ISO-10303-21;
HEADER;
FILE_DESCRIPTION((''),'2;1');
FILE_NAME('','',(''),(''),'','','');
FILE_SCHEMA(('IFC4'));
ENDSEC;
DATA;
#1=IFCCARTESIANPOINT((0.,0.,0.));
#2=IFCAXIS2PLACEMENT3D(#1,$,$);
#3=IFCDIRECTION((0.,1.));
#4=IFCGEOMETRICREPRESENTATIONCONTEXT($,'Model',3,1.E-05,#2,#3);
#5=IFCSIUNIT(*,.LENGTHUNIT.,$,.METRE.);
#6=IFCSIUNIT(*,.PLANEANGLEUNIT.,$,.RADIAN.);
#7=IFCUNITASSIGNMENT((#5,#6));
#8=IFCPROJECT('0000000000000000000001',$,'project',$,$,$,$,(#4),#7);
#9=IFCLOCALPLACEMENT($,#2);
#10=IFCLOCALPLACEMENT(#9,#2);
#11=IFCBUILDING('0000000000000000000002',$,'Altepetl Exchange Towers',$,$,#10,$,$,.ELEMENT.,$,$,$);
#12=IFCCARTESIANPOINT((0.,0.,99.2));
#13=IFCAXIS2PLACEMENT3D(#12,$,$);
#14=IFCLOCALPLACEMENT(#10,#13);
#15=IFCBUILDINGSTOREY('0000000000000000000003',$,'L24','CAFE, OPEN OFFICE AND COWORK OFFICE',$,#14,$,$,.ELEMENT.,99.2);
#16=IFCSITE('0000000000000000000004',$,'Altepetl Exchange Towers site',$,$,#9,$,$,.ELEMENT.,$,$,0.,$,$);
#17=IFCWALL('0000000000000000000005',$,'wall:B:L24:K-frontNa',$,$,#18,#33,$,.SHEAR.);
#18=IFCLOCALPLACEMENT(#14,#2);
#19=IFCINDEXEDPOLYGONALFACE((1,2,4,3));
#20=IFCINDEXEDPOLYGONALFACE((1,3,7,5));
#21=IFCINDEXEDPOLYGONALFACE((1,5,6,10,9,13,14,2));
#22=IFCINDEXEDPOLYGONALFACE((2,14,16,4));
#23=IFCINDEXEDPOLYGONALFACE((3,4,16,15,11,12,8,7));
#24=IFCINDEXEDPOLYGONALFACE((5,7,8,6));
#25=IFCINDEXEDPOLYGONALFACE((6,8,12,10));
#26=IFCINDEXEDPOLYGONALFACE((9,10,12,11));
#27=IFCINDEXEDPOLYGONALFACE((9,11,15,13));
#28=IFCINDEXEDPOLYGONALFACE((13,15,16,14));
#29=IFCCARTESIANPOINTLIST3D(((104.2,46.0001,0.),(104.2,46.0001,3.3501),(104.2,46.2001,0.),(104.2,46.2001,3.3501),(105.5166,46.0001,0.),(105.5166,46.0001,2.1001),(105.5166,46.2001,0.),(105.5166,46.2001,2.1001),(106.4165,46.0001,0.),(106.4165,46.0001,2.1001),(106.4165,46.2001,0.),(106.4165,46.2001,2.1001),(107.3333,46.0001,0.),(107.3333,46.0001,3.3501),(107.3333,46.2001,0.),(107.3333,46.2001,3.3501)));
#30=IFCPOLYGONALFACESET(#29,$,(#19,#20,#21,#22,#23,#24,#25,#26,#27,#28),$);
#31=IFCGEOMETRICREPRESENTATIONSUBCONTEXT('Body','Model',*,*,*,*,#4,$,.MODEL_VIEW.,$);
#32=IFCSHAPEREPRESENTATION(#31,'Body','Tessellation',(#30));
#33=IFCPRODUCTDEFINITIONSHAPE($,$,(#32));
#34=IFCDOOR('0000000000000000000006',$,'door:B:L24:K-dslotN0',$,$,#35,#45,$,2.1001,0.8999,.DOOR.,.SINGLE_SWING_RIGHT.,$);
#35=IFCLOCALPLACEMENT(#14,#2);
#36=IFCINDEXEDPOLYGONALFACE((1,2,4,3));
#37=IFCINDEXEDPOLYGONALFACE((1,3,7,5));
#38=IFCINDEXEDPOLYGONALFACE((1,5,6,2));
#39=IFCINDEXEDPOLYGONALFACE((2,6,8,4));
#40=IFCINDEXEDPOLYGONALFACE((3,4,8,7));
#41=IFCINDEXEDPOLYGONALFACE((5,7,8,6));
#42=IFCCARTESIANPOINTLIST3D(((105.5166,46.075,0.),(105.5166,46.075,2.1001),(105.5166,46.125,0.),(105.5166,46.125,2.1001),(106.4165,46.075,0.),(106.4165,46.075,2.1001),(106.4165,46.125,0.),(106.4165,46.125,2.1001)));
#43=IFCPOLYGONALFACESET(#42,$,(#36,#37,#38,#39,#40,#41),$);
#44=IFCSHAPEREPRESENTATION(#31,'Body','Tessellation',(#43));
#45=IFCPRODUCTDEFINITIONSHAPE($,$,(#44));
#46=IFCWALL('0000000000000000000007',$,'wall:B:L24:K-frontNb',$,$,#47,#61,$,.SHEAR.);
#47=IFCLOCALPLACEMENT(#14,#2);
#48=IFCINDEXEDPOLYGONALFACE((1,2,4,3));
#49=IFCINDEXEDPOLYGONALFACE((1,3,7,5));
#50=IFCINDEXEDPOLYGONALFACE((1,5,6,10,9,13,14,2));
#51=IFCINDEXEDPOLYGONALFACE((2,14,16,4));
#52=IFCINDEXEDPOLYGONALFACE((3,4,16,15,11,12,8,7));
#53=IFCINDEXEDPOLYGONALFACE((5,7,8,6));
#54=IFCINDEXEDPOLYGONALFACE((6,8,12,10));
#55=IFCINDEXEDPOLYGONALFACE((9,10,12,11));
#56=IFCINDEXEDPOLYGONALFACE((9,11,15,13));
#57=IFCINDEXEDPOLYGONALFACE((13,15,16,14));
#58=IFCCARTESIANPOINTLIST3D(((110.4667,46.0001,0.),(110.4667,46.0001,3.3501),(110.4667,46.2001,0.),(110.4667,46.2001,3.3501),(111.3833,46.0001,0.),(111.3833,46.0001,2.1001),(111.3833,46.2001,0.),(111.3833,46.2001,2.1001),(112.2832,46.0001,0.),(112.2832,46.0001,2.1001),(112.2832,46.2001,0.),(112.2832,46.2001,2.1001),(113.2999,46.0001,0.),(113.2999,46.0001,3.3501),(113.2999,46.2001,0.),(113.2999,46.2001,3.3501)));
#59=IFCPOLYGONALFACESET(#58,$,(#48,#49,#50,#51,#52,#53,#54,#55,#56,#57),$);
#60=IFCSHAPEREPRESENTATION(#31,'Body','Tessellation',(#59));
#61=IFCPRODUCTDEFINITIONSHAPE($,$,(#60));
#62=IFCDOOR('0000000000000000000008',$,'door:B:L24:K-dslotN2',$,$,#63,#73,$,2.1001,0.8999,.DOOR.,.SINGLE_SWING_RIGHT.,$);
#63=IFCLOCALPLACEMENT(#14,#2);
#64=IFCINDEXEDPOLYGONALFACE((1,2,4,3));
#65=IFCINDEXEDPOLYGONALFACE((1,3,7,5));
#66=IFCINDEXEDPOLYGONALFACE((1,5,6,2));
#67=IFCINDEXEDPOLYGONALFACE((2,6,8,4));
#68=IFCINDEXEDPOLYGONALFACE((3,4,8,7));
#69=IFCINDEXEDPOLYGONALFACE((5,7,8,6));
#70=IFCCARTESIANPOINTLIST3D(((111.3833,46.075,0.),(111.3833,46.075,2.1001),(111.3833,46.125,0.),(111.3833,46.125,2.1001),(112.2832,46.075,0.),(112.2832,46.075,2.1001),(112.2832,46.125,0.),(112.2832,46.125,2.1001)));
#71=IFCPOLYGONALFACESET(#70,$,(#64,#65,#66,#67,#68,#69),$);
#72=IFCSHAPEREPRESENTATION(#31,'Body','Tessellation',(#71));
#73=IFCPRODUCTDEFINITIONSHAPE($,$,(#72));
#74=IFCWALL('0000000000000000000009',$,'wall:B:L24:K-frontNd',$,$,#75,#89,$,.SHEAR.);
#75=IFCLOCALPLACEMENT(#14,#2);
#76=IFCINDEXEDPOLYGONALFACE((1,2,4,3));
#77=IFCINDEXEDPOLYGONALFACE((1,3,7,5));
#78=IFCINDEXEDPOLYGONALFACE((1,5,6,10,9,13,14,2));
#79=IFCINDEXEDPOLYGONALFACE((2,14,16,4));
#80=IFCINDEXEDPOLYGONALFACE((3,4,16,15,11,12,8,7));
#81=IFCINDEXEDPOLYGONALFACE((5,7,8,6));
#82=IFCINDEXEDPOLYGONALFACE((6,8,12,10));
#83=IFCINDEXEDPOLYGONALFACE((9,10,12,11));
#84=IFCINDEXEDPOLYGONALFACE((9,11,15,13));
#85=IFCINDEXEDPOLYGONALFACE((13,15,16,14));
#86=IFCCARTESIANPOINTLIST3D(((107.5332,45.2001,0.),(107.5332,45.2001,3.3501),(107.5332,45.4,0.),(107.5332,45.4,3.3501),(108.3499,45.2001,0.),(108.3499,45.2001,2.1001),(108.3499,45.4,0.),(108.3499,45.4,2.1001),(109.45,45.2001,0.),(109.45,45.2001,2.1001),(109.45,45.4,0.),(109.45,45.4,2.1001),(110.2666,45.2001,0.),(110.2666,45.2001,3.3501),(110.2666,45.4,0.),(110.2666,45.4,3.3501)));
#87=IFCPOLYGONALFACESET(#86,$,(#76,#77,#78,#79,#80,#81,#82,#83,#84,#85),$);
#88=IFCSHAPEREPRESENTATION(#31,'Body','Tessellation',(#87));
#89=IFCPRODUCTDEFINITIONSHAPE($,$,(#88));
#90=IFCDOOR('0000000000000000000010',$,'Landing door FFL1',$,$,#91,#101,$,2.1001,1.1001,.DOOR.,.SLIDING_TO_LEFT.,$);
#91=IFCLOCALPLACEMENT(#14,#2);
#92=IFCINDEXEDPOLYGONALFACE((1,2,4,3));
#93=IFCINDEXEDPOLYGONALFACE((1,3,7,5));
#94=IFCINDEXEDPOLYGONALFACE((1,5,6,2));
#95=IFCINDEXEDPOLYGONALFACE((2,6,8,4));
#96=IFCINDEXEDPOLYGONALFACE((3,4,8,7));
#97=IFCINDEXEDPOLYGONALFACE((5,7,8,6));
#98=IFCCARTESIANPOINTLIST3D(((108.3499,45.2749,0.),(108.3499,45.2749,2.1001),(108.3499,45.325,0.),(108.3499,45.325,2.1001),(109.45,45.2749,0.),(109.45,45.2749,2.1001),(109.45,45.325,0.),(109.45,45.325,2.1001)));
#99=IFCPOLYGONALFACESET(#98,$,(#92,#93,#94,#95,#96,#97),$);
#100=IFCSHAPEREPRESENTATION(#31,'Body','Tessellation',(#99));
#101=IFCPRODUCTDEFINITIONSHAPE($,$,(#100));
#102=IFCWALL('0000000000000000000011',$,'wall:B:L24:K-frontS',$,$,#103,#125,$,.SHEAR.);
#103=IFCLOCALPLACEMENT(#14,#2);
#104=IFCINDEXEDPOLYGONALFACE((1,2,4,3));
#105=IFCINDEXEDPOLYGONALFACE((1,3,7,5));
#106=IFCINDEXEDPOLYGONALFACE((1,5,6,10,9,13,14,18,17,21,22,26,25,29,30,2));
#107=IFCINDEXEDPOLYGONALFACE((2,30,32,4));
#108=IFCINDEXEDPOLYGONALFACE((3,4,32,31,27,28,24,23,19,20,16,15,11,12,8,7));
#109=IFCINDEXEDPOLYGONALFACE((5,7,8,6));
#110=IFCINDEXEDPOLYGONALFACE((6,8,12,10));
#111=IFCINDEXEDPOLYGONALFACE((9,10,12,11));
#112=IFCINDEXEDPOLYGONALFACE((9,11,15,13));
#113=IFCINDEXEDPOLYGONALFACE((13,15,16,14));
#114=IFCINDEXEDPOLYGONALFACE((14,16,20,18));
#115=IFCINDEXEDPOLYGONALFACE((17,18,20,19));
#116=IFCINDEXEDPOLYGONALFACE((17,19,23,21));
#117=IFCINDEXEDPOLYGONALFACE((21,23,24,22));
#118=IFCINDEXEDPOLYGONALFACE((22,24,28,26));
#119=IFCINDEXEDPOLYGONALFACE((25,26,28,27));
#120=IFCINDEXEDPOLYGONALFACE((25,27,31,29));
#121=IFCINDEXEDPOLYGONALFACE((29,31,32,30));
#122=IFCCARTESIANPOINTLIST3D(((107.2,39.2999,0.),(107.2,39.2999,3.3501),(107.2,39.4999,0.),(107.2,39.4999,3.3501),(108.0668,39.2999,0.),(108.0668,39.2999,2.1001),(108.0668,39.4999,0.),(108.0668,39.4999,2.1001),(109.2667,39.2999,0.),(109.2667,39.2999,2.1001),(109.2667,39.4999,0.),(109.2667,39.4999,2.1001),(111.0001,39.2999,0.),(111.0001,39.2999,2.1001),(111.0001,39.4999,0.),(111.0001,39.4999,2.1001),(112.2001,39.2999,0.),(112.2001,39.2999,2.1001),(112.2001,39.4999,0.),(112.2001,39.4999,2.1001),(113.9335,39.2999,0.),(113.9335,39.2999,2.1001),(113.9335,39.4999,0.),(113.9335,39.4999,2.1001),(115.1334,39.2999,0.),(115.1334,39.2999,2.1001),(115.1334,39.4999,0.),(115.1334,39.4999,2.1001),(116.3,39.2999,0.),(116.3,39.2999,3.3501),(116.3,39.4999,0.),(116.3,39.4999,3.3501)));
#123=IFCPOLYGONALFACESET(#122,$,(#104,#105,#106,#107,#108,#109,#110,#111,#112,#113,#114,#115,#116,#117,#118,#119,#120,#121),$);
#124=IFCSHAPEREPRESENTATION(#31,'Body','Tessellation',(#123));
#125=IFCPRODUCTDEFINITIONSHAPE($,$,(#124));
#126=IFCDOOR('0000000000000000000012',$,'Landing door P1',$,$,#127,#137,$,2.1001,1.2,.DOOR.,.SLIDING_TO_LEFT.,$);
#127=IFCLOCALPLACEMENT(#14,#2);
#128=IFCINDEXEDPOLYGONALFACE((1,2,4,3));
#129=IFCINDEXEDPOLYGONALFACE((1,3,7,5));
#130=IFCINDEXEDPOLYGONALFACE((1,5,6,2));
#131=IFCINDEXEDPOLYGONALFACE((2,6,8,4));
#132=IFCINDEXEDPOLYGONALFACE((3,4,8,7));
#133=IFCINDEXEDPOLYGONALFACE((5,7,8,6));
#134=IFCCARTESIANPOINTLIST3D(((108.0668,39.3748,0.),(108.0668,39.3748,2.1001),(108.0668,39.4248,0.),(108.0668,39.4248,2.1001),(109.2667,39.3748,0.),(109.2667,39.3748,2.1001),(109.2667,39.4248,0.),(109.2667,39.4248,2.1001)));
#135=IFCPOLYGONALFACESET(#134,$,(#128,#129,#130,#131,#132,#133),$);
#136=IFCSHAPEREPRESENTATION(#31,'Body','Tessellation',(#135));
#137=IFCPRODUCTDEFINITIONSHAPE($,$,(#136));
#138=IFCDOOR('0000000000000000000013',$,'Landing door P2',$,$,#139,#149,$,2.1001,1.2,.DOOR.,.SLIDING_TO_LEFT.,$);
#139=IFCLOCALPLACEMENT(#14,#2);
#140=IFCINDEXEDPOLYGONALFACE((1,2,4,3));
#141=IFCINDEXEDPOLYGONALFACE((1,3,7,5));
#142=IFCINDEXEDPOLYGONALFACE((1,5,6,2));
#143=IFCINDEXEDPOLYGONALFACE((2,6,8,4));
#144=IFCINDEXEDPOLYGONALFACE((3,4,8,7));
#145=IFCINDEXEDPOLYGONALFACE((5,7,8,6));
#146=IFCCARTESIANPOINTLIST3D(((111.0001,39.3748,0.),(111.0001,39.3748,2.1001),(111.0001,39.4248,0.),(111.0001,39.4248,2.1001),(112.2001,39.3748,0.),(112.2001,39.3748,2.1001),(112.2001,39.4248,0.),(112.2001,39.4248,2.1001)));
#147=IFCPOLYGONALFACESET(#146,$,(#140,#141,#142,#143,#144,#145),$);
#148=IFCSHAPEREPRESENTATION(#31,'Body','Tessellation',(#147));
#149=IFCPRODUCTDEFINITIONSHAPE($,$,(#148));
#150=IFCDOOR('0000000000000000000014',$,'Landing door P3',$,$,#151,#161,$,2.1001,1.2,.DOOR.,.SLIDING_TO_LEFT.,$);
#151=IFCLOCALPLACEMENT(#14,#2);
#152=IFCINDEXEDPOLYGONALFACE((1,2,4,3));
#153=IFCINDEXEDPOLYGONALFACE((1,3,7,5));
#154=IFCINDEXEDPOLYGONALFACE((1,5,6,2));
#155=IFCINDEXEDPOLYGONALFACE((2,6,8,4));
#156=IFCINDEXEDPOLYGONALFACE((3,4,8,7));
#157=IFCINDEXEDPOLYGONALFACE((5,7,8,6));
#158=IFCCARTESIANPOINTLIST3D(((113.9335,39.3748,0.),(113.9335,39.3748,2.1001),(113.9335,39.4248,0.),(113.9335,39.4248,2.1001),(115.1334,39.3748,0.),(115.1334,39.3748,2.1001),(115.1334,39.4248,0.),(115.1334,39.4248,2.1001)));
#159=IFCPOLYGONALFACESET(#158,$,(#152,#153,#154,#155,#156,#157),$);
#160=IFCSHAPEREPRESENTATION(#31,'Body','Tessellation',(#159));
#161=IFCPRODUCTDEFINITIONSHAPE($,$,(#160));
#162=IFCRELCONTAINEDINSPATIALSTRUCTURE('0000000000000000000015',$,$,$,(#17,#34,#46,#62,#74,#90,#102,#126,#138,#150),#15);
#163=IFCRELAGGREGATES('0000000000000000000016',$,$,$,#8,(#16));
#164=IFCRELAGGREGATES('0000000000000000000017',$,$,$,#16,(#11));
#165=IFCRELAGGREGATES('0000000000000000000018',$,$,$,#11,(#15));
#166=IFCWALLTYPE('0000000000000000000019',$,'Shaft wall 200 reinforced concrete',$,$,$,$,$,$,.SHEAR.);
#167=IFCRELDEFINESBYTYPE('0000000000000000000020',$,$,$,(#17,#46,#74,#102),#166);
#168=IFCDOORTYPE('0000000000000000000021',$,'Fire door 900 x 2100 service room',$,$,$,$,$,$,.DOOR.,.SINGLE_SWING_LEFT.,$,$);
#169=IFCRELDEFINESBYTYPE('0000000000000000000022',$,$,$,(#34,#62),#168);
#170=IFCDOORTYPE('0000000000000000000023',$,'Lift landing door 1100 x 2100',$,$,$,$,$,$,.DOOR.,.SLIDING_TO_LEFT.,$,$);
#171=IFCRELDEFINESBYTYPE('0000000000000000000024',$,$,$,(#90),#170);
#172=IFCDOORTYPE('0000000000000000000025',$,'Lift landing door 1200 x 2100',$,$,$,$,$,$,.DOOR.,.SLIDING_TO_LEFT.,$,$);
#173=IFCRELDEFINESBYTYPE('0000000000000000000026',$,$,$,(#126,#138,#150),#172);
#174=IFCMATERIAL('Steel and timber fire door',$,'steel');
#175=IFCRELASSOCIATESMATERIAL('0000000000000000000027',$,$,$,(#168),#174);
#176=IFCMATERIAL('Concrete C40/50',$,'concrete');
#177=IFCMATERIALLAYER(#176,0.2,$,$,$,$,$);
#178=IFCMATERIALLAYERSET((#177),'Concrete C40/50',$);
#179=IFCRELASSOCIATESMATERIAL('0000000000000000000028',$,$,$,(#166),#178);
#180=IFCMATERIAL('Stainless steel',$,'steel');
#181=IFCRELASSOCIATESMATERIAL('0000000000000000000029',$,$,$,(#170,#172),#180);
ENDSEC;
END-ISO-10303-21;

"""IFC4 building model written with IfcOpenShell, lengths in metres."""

from ifc_helpers import new_model, si_unit, direction, frame, frame_2d, origin, place, context, subcontext, project, spatial, rectangle, extrude, material, layer, layer_set, type_object, element, fill, save


model = new_model("IFC4")

# Units and contexts
model_context = context("Model", 3, precision=1e-05, world=origin(), true_north=direction((0.0, 1.0)))
body_context = subcontext(model_context, "Body", "Model", "MODEL_VIEW")
ifc_project = project(units=[si_unit("LENGTHUNIT", "METRE"), si_unit("PLANEANGLEUNIT", "RADIAN")], contexts=[model_context])

# Site, building, storey
site_placement = place(None, origin())
site = spatial("IfcSite", under=ifc_project, at=site_placement, Name="Altepetl Exchange Towers site", CompositionType="ELEMENT", RefElevation=0.0)
building_placement = place(site_placement, origin())
building = spatial("IfcBuilding", under=site, at=building_placement, Name="Altepetl Exchange Towers", CompositionType="ELEMENT")
storey_placement = place(building_placement, frame((0.0, 0.0, 99.2)))
storey = spatial("IfcBuildingStorey", under=building, at=storey_placement, Name="L24", Description="CAFE, OPEN OFFICE AND COWORK OFFICE", CompositionType="ELEMENT", Elevation=99.2)

# Shared definitions
ifc_material_1 = material(Name="Steel and timber fire door", Category="steel")
door_type_1 = type_object("IfcDoorType", Name="Fire door 900 x 2100 service room", OperationType="SINGLE_SWING_LEFT", PredefinedType="DOOR", material=ifc_material_1)

# Shared definitions
ifc_material_2 = material(Name="Concrete C40/50", Category="concrete")
ifc_layer_1 = layer(ifc_material_2, 0.2)
ifc_layer_set_1 = layer_set([ifc_layer_1], Name="Concrete C40/50")
wall_type_1 = type_object("IfcWallType", Name="Shaft wall 200 reinforced concrete", PredefinedType="SHEAR", material=ifc_layer_set_1)

# Walls, openings, doors
wall_1_placement = place(storey_placement, frame((104.2, 46.1001, 0.0)))
wall_1 = element("IfcWall", 1, at=wall_1_placement, inside=storey, type_object=wall_type_1, Name="wall:B:L24:K-frontNa", PredefinedType="SHEAR", context=body_context, shape_type="SweptSolid", body=[
    extrude(rectangle(XDim=3.1333, YDim=0.2, at=frame_2d((1.5667, 0.0))), origin(), (0.0, 0.0, 1.0), 3.3501),
])
opening_1_placement = place(wall_1_placement, frame((1.3167, 0.0, 0.0)))
opening_1 = element("IfcOpeningElement", 2, at=opening_1_placement, cuts=wall_1, PredefinedType="OPENING", context=body_context, shape_type="SweptSolid", body=[
    extrude(rectangle(XDim=0.8999, YDim=2.1001, at=frame_2d((0.45, 1.05))), frame((0.0, 0.1099, 0.0), z_axis=(0.0, -1.0, 0.0), x_axis=(1.0, 0.0, 0.0)), (0.0, 0.0, 1.0), 0.22),
])
door_1_placement = place(opening_1_placement, origin())
door_1 = element("IfcDoor", 3, at=door_1_placement, inside=storey, type_object=door_type_1, Name="door:B:L24:K-dslotN0", OperationType="SINGLE_SWING_RIGHT", OverallHeight=2.1001, OverallWidth=0.8999, PredefinedType="DOOR", context=body_context, shape_type="SweptSolid", body=[
    extrude(rectangle(XDim=0.8999, YDim=2.1001, at=frame_2d((0.45, 1.05))), frame((0.0, 0.0249, 0.0), z_axis=(0.0, -1.0, 0.0), x_axis=(1.0, 0.0, 0.0)), (0.0, 0.0, 1.0), 0.05),
])
fill(opening_1, door_1)
wall_2_placement = place(storey_placement, frame((110.4668, 46.1001, 0.0)))
wall_2 = element("IfcWall", 4, at=wall_2_placement, inside=storey, type_object=wall_type_1, Name="wall:B:L24:K-frontNb", PredefinedType="SHEAR", context=body_context, shape_type="SweptSolid", body=[
    extrude(rectangle(XDim=2.8333, YDim=0.2, at=frame_2d((1.4165, 0.0))), origin(), (0.0, 0.0, 1.0), 3.3501),
])
opening_2_placement = place(wall_2_placement, frame((0.9165, 0.0, 0.0)))
opening_2 = element("IfcOpeningElement", 5, at=opening_2_placement, cuts=wall_2, PredefinedType="OPENING", context=body_context, shape_type="SweptSolid", body=[
    extrude(rectangle(XDim=0.8999, YDim=2.1001, at=frame_2d((0.45, 1.05))), frame((0.0, 0.1099, 0.0), z_axis=(0.0, -1.0, 0.0), x_axis=(1.0, 0.0, 0.0)), (0.0, 0.0, 1.0), 0.22),
])
door_2_placement = place(opening_2_placement, origin())
door_2 = element("IfcDoor", 6, at=door_2_placement, inside=storey, type_object=door_type_1, Name="door:B:L24:K-dslotN2", OperationType="SINGLE_SWING_RIGHT", OverallHeight=2.1001, OverallWidth=0.8999, PredefinedType="DOOR", context=body_context, shape_type="SweptSolid", body=[
    extrude(rectangle(XDim=0.8999, YDim=2.1001, at=frame_2d((0.45, 1.05))), frame((0.0, 0.0249, 0.0), z_axis=(0.0, -1.0, 0.0), x_axis=(1.0, 0.0, 0.0)), (0.0, 0.0, 1.0), 0.05),
])
fill(opening_2, door_2)
wall_3_placement = place(storey_placement, frame((107.5332, 45.3, 0.0)))
wall_3 = element("IfcWall", 7, at=wall_3_placement, inside=storey, type_object=wall_type_1, Name="wall:B:L24:K-frontNd", PredefinedType="SHEAR", context=body_context, shape_type="SweptSolid", body=[
    extrude(rectangle(XDim=2.7334, YDim=0.2, at=frame_2d((1.3667, 0.0))), origin(), (0.0, 0.0, 1.0), 3.3501),
])
opening_3_placement = place(wall_3_placement, frame((0.8167, 0.0, 0.0)))
opening_3 = element("IfcOpeningElement", 8, at=opening_3_placement, cuts=wall_3, PredefinedType="OPENING", context=body_context, shape_type="SweptSolid", body=[
    extrude(rectangle(XDim=1.1001, YDim=2.1001, at=frame_2d((0.55, 1.05))), frame((0.0, 0.1099, 0.0), z_axis=(0.0, -1.0, 0.0), x_axis=(1.0, 0.0, 0.0)), (0.0, 0.0, 1.0), 0.22),
])
ifc_material_3 = material(Name="Stainless steel", Category="steel")
door_type_2 = type_object("IfcDoorType", Name="Lift landing door 1100 x 2100", OperationType="SLIDING_TO_LEFT", PredefinedType="DOOR", material=ifc_material_3)
door_3_placement = place(opening_3_placement, origin())
door_3 = element("IfcDoor", 9, at=door_3_placement, inside=storey, type_object=door_type_2, Name="Landing door FFL1", OperationType="SLIDING_TO_LEFT", OverallHeight=2.1001, OverallWidth=1.1001, PredefinedType="DOOR", context=body_context, shape_type="SweptSolid", body=[
    extrude(rectangle(XDim=1.1001, YDim=2.1001, at=frame_2d((0.55, 1.05))), frame((0.0, 0.0249, 0.0), z_axis=(0.0, -1.0, 0.0), x_axis=(1.0, 0.0, 0.0)), (0.0, 0.0, 1.0), 0.05),
])
fill(opening_3, door_3)

# Wall, openings, doors
wall_4_placement = place(storey_placement, frame((107.2, 39.3999, 0.0)))
wall_4 = element("IfcWall", 10, at=wall_4_placement, inside=storey, type_object=wall_type_1, Name="wall:B:L24:K-frontS", PredefinedType="SHEAR", context=body_context, shape_type="SweptSolid", body=[
    extrude(rectangle(XDim=9.1001, YDim=0.2, at=frame_2d((4.55, 0.0))), origin(), (0.0, 0.0, 1.0), 3.3501),
])
opening_4_placement = place(wall_4_placement, frame((0.8667, 0.0, 0.0)))
opening_4 = element("IfcOpeningElement", 11, at=opening_4_placement, cuts=wall_4, PredefinedType="OPENING", context=body_context, shape_type="SweptSolid", body=[
    extrude(rectangle(XDim=1.2, YDim=2.1001, at=frame_2d((0.6001, 1.05))), frame((0.0, 0.1099, 0.0), z_axis=(0.0, -1.0, 0.0), x_axis=(1.0, 0.0, 0.0)), (0.0, 0.0, 1.0), 0.22),
])
opening_5_placement = place(wall_4_placement, frame((3.8, 0.0, 0.0)))
opening_5 = element("IfcOpeningElement", 12, at=opening_5_placement, cuts=wall_4, PredefinedType="OPENING", context=body_context, shape_type="SweptSolid", body=[
    extrude(rectangle(XDim=1.2, YDim=2.1001, at=frame_2d((0.6001, 1.05))), frame((0.0, 0.1099, 0.0), z_axis=(0.0, -1.0, 0.0), x_axis=(1.0, 0.0, 0.0)), (0.0, 0.0, 1.0), 0.22),
])
opening_6_placement = place(wall_4_placement, frame((6.7334, 0.0, 0.0)))
opening_6 = element("IfcOpeningElement", 13, at=opening_6_placement, cuts=wall_4, PredefinedType="OPENING", context=body_context, shape_type="SweptSolid", body=[
    extrude(rectangle(XDim=1.2, YDim=2.1001, at=frame_2d((0.6001, 1.05))), frame((0.0, 0.1099, 0.0), z_axis=(0.0, -1.0, 0.0), x_axis=(1.0, 0.0, 0.0)), (0.0, 0.0, 1.0), 0.22),
])
door_type_3 = type_object("IfcDoorType", Name="Lift landing door 1200 x 2100", OperationType="SLIDING_TO_LEFT", PredefinedType="DOOR", material=ifc_material_3)
door_4_placement = place(opening_4_placement, origin())
door_4 = element("IfcDoor", 14, at=door_4_placement, inside=storey, type_object=door_type_3, Name="Landing door P1", OperationType="SLIDING_TO_LEFT", OverallHeight=2.1001, OverallWidth=1.2, PredefinedType="DOOR", context=body_context, shape_type="SweptSolid", body=[
    extrude(rectangle(XDim=1.2, YDim=2.1001, at=frame_2d((0.6001, 1.05))), frame((0.0, 0.0249, 0.0), z_axis=(0.0, -1.0, 0.0), x_axis=(1.0, 0.0, 0.0)), (0.0, 0.0, 1.0), 0.05),
])
fill(opening_4, door_4)
door_5_placement = place(opening_5_placement, origin())
door_5 = element("IfcDoor", 15, at=door_5_placement, inside=storey, type_object=door_type_3, Name="Landing door P2", OperationType="SLIDING_TO_LEFT", OverallHeight=2.1001, OverallWidth=1.2, PredefinedType="DOOR", context=body_context, shape_type="SweptSolid", body=[
    extrude(rectangle(XDim=1.2, YDim=2.1001, at=frame_2d((0.6001, 1.05))), frame((0.0, 0.0249, 0.0), z_axis=(0.0, -1.0, 0.0), x_axis=(1.0, 0.0, 0.0)), (0.0, 0.0, 1.0), 0.05),
])
fill(opening_5, door_5)
door_6_placement = place(opening_6_placement, origin())
door_6 = element("IfcDoor", 16, at=door_6_placement, inside=storey, type_object=door_type_3, Name="Landing door P3", OperationType="SLIDING_TO_LEFT", OverallHeight=2.1001, OverallWidth=1.2, PredefinedType="DOOR", context=body_context, shape_type="SweptSolid", body=[
    extrude(rectangle(XDim=1.2, YDim=2.1001, at=frame_2d((0.6001, 1.05))), frame((0.0, 0.0249, 0.0), z_axis=(0.0, -1.0, 0.0), x_axis=(1.0, 0.0, 0.0)), (0.0, 0.0, 1.0), 0.05),
])
fill(opening_6, door_6)

save(model, "model.ifc")
